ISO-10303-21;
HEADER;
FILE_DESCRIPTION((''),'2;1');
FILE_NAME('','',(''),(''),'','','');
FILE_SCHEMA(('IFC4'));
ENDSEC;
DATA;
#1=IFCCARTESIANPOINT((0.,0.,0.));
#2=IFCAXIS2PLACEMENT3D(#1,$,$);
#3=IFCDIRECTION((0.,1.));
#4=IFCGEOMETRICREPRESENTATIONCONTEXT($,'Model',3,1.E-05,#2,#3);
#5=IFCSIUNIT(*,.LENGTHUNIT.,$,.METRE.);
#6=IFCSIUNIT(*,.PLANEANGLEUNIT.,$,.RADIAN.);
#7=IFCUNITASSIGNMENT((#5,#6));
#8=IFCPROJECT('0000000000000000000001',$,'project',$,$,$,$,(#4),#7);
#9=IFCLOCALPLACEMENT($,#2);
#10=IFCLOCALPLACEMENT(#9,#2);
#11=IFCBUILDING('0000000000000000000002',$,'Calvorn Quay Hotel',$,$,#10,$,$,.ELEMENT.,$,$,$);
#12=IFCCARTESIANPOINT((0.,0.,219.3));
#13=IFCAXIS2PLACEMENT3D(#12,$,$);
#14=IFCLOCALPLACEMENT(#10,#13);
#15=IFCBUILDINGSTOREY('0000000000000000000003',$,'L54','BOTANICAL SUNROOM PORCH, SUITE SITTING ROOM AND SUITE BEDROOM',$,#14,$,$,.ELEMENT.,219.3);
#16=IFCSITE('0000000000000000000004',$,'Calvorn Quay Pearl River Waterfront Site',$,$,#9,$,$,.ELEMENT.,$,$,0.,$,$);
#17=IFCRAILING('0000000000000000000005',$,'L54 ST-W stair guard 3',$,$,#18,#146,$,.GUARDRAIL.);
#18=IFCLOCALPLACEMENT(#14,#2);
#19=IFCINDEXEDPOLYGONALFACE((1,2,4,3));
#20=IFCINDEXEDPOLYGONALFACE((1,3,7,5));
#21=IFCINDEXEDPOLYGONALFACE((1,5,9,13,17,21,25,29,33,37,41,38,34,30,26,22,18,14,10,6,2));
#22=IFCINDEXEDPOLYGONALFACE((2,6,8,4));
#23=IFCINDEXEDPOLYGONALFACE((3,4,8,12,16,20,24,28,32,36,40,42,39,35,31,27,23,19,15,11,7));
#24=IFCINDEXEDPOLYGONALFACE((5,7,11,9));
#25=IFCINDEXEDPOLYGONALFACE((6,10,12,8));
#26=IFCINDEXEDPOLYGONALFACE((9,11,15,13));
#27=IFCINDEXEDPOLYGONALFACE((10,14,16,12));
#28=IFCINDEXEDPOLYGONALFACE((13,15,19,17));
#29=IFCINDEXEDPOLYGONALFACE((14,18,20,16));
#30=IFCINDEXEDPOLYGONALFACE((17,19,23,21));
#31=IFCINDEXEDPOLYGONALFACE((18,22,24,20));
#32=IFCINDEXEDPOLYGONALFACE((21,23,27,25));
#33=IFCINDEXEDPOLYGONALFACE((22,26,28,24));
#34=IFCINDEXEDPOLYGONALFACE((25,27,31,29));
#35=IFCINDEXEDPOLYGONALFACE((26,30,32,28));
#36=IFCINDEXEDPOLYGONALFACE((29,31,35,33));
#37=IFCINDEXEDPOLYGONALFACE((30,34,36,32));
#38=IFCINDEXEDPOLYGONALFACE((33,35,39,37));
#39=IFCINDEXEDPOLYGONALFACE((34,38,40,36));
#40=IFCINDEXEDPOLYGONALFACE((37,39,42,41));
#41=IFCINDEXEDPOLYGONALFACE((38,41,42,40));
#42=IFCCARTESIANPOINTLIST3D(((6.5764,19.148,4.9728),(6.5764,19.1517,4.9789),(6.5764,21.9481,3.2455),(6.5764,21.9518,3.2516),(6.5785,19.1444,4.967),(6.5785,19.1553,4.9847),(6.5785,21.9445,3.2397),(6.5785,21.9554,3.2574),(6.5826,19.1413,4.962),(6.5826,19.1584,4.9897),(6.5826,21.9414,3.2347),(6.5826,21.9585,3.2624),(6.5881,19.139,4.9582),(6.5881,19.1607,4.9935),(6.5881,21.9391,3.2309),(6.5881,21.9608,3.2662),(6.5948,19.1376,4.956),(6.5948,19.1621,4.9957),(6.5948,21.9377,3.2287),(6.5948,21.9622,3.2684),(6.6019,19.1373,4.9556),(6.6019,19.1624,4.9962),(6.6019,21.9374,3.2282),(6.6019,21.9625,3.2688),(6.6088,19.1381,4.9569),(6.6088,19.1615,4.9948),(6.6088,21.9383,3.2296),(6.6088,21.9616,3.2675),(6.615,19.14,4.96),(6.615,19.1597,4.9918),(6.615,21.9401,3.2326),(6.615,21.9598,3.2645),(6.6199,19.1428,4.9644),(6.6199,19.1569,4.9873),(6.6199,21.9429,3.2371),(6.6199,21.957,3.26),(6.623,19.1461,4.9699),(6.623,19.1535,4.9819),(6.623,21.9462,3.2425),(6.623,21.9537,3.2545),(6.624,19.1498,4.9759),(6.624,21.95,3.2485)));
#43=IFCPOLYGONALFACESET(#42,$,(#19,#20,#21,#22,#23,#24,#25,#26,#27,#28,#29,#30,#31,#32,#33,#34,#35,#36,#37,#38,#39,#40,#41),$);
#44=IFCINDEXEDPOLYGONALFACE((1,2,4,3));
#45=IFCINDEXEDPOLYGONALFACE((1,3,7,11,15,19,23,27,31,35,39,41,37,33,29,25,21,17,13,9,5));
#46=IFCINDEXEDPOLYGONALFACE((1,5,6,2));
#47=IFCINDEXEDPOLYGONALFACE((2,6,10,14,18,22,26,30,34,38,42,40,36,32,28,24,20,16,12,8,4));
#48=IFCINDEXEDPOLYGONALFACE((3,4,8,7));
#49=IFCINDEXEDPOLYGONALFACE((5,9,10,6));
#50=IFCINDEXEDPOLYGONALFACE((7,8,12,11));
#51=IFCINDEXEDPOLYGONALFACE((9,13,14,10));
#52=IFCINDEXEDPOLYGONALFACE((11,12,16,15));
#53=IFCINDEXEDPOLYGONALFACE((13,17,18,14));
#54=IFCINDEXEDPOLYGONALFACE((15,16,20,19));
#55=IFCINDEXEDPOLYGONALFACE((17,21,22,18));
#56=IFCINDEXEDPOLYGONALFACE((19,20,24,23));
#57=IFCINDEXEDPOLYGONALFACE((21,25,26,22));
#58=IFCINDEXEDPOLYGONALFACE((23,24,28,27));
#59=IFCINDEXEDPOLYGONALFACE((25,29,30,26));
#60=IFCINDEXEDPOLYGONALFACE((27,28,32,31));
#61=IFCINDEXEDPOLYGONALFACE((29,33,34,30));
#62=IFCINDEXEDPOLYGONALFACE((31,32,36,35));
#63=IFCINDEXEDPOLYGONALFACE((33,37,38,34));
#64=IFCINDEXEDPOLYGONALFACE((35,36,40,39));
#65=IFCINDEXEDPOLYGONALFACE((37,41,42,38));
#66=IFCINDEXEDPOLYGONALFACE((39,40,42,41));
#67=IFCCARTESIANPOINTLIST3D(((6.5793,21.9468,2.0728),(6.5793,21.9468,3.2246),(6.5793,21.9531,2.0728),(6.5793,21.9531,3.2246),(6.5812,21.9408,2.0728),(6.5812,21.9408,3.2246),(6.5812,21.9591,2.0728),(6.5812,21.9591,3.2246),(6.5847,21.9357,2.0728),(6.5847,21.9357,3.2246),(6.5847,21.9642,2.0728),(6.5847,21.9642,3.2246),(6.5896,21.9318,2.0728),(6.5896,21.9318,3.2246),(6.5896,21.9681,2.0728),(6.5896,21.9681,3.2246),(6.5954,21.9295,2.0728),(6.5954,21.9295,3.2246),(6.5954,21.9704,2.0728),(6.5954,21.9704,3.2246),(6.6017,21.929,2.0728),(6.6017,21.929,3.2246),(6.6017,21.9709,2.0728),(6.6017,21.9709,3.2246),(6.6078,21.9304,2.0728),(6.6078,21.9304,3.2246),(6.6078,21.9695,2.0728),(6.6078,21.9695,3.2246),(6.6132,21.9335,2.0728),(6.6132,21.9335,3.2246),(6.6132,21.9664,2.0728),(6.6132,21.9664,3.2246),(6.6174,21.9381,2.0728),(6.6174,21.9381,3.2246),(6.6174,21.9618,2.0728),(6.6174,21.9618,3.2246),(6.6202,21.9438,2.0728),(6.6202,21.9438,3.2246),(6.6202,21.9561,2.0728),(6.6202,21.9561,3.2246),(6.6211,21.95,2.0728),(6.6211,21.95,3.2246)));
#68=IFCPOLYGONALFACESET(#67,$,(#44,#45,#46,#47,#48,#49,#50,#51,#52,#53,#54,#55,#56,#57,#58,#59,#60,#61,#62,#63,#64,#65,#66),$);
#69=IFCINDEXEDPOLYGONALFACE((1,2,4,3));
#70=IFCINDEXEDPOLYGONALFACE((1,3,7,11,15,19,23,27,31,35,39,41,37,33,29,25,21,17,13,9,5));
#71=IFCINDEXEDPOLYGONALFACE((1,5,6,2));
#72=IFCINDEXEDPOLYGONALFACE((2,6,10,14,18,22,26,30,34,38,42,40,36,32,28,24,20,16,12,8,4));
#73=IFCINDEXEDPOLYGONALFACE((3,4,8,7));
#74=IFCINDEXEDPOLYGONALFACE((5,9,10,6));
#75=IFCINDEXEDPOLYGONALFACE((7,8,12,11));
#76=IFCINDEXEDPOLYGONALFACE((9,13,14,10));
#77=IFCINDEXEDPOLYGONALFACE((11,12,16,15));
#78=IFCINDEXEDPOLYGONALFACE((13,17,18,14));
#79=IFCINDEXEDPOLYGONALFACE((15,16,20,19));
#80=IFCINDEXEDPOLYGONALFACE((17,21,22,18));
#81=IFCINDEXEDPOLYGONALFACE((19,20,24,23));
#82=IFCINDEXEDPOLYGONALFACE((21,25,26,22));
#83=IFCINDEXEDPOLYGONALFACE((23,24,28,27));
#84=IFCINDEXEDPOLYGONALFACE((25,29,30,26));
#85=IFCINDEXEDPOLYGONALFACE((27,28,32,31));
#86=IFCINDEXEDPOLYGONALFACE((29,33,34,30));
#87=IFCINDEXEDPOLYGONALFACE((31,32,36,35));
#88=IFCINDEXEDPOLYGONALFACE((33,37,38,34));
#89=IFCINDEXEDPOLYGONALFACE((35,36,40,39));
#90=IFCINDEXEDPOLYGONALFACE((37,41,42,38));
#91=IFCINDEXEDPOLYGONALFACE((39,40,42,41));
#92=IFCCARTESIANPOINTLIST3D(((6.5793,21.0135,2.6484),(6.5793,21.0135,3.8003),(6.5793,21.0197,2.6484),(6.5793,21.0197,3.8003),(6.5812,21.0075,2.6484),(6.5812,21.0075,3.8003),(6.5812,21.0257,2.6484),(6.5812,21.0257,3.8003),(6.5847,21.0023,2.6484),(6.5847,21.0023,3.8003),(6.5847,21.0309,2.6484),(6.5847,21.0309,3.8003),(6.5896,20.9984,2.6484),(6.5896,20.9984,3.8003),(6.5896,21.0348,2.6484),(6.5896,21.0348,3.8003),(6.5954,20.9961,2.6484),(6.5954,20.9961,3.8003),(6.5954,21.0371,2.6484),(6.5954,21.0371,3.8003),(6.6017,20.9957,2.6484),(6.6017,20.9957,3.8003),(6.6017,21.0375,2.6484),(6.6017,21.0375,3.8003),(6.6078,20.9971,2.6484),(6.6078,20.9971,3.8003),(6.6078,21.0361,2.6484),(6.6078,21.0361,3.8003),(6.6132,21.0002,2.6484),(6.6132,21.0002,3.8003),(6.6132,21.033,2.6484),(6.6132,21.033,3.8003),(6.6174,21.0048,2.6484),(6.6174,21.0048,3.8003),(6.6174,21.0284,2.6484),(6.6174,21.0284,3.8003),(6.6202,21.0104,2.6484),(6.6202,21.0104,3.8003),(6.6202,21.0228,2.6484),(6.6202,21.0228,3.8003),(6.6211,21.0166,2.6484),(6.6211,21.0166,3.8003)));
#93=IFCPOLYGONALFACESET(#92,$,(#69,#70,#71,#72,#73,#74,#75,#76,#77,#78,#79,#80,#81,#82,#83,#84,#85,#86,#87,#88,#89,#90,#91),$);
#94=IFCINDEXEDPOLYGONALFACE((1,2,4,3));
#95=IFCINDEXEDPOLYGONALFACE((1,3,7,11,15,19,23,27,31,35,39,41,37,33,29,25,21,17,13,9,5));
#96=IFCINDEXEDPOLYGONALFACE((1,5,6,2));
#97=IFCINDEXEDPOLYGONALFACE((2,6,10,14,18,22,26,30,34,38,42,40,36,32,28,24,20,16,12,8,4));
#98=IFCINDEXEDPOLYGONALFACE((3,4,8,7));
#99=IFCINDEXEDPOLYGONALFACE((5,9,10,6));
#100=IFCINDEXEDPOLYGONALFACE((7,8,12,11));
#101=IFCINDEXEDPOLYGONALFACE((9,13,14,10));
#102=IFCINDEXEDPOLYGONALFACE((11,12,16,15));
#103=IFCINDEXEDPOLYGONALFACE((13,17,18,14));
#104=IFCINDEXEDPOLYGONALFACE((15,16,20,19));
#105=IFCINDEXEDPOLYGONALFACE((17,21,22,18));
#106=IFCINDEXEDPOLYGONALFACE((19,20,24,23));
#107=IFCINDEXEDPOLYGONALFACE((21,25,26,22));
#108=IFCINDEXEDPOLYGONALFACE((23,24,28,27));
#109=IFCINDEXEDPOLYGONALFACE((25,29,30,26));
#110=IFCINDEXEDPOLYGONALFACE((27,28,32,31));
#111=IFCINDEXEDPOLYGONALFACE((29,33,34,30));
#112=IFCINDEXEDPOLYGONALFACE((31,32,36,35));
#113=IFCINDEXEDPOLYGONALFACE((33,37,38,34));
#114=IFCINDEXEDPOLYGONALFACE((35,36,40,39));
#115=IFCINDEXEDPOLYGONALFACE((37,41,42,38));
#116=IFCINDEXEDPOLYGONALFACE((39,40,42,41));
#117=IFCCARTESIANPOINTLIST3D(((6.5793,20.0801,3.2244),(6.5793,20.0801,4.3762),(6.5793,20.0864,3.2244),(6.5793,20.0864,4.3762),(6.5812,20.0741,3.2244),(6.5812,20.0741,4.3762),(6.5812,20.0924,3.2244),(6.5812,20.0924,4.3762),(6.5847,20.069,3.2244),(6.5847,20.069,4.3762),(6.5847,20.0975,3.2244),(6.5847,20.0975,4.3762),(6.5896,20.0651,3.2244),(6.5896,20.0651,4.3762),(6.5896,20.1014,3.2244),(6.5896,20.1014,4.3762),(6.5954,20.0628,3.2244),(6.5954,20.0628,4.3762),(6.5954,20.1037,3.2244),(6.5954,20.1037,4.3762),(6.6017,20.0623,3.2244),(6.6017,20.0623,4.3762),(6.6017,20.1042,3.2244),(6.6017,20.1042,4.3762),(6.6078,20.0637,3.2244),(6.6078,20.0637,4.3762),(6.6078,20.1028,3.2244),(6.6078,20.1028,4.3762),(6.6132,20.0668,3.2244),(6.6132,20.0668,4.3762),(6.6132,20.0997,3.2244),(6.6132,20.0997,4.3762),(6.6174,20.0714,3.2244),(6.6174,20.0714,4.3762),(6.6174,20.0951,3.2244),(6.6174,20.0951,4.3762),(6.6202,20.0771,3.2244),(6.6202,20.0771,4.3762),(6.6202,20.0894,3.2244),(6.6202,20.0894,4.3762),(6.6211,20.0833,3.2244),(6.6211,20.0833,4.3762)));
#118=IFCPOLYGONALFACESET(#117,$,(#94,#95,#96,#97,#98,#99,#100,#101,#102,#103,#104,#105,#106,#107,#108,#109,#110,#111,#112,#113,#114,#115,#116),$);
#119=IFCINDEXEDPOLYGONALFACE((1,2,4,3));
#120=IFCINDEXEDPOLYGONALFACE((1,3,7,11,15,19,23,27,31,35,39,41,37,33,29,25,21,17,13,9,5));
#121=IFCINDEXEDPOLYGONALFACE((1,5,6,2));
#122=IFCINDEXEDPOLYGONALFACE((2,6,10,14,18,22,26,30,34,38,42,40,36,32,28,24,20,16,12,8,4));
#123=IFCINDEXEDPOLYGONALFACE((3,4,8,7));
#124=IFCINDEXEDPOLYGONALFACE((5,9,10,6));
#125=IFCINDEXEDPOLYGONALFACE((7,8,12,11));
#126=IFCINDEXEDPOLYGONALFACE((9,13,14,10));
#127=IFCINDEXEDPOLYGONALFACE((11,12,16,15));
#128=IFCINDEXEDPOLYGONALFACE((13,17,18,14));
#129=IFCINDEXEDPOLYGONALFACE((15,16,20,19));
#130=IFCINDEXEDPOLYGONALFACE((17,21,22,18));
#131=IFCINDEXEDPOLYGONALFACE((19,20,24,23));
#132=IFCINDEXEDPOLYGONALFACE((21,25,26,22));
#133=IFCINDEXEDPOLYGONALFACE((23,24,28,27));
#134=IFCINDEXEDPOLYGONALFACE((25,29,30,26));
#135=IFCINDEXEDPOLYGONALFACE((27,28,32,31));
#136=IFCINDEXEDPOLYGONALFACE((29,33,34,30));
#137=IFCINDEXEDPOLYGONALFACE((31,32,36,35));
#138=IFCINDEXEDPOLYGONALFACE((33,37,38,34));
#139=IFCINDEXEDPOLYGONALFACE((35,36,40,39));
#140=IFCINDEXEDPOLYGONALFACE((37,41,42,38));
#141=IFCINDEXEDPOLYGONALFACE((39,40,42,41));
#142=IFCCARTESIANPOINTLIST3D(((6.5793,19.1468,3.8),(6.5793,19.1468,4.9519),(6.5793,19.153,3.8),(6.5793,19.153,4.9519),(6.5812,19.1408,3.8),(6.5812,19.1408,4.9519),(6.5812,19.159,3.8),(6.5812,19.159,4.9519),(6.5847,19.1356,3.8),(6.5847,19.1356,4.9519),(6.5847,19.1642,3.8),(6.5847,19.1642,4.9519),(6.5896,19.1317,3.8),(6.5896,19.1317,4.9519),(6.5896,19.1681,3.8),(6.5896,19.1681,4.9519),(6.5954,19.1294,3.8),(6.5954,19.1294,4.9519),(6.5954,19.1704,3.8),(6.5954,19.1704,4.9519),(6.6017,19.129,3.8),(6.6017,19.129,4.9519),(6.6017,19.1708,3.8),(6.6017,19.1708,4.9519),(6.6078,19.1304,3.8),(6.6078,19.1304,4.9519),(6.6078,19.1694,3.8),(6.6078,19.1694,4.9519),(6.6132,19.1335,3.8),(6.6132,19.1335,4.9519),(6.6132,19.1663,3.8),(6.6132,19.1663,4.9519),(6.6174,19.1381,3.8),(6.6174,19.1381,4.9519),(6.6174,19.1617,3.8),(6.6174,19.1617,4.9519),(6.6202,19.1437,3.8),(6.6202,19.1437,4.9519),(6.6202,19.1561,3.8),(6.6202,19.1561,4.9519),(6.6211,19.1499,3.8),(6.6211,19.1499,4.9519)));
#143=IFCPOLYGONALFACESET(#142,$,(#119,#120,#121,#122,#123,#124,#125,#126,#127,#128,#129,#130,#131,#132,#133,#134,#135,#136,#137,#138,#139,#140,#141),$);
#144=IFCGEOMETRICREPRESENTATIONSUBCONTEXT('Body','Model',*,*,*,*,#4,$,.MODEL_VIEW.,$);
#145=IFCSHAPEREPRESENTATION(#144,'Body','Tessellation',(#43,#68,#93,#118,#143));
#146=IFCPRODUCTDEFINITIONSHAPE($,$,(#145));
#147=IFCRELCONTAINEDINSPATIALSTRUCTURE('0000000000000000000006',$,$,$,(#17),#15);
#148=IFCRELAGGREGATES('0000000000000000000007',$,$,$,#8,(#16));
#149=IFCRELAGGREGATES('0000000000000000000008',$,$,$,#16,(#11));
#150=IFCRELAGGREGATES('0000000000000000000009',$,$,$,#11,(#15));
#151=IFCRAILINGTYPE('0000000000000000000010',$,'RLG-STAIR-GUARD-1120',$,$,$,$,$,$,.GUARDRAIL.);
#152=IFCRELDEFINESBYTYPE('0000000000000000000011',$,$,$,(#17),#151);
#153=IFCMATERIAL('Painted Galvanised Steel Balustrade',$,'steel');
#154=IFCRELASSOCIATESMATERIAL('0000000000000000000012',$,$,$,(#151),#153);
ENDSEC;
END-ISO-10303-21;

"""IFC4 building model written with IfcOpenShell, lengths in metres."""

from ifc_helpers import new_model, si_unit, direction, frame, origin, origin_2d, place, context, subcontext, project, spatial, circle, extrude, material, type_object, element, save


model = new_model("IFC4")

# Units and contexts
model_context = context("Model", 3, precision=1e-05, world=origin(), true_north=direction((0.0, 1.0)))
body_context = subcontext(model_context, "Body", "Model", "MODEL_VIEW")
ifc_project = project(units=[si_unit("LENGTHUNIT", "METRE"), si_unit("PLANEANGLEUNIT", "RADIAN")], contexts=[model_context])

# Site, building, storey
site_placement = place(None, origin())
site = spatial("IfcSite", under=ifc_project, at=site_placement, Name="Calvorn Quay Pearl River Waterfront Site", CompositionType="ELEMENT", RefElevation=0.0)
building_placement = place(site_placement, origin())
building = spatial("IfcBuilding", under=site, at=building_placement, Name="Calvorn Quay Hotel", CompositionType="ELEMENT")
storey_placement = place(building_placement, frame((0.0, 0.0, 219.3)))
storey = spatial("IfcBuildingStorey", under=building, at=storey_placement, Name="L54", Description="BOTANICAL SUNROOM PORCH, SUITE SITTING ROOM AND SUITE BEDROOM", CompositionType="ELEMENT", Elevation=219.3)

# Railing
ifc_material_1 = material(Name="Painted Galvanised Steel Balustrade", Category="steel")
railing_type_1 = type_object("IfcRailingType", Name="RLG-STAIR-GUARD-1120", PredefinedType="GUARDRAIL", material=ifc_material_1)
railing_1_placement = place(storey_placement, frame((6.6001, 21.95, 2.0728)))
element("IfcRailing", 1, at=railing_1_placement, inside=storey, type_object=railing_type_1, Name="L54 ST-W stair guard 3", PredefinedType="GUARDRAIL", context=body_context, shape_type="SweptSolid", body=[
    extrude(circle(Radius=0.0239, at=origin_2d()), frame((0.0, 0.0, 1.1758), z_axis=(0.0, -0.85109, 0.52502), x_axis=(1.0, 0.0, 0.0)), (0.0, 0.0, 1.0), 3.29),
    extrude(circle(Radius=0.021, at=origin_2d()), origin(), (0.0, 0.0, 1.0), 1.1519),
    extrude(circle(Radius=0.021, at=origin_2d()), frame((0.0, -0.9333, 0.5757)), (0.0, 0.0, 1.0), 1.1519),
    extrude(circle(Radius=0.021, at=origin_2d()), frame((0.0, -1.8667, 1.1516)), (0.0, 0.0, 1.0), 1.1519),
    extrude(circle(Radius=0.021, at=origin_2d()), frame((0.0, -2.8, 1.7273)), (0.0, 0.0, 1.0), 1.1519),
])

save(model, "model.ifc")
